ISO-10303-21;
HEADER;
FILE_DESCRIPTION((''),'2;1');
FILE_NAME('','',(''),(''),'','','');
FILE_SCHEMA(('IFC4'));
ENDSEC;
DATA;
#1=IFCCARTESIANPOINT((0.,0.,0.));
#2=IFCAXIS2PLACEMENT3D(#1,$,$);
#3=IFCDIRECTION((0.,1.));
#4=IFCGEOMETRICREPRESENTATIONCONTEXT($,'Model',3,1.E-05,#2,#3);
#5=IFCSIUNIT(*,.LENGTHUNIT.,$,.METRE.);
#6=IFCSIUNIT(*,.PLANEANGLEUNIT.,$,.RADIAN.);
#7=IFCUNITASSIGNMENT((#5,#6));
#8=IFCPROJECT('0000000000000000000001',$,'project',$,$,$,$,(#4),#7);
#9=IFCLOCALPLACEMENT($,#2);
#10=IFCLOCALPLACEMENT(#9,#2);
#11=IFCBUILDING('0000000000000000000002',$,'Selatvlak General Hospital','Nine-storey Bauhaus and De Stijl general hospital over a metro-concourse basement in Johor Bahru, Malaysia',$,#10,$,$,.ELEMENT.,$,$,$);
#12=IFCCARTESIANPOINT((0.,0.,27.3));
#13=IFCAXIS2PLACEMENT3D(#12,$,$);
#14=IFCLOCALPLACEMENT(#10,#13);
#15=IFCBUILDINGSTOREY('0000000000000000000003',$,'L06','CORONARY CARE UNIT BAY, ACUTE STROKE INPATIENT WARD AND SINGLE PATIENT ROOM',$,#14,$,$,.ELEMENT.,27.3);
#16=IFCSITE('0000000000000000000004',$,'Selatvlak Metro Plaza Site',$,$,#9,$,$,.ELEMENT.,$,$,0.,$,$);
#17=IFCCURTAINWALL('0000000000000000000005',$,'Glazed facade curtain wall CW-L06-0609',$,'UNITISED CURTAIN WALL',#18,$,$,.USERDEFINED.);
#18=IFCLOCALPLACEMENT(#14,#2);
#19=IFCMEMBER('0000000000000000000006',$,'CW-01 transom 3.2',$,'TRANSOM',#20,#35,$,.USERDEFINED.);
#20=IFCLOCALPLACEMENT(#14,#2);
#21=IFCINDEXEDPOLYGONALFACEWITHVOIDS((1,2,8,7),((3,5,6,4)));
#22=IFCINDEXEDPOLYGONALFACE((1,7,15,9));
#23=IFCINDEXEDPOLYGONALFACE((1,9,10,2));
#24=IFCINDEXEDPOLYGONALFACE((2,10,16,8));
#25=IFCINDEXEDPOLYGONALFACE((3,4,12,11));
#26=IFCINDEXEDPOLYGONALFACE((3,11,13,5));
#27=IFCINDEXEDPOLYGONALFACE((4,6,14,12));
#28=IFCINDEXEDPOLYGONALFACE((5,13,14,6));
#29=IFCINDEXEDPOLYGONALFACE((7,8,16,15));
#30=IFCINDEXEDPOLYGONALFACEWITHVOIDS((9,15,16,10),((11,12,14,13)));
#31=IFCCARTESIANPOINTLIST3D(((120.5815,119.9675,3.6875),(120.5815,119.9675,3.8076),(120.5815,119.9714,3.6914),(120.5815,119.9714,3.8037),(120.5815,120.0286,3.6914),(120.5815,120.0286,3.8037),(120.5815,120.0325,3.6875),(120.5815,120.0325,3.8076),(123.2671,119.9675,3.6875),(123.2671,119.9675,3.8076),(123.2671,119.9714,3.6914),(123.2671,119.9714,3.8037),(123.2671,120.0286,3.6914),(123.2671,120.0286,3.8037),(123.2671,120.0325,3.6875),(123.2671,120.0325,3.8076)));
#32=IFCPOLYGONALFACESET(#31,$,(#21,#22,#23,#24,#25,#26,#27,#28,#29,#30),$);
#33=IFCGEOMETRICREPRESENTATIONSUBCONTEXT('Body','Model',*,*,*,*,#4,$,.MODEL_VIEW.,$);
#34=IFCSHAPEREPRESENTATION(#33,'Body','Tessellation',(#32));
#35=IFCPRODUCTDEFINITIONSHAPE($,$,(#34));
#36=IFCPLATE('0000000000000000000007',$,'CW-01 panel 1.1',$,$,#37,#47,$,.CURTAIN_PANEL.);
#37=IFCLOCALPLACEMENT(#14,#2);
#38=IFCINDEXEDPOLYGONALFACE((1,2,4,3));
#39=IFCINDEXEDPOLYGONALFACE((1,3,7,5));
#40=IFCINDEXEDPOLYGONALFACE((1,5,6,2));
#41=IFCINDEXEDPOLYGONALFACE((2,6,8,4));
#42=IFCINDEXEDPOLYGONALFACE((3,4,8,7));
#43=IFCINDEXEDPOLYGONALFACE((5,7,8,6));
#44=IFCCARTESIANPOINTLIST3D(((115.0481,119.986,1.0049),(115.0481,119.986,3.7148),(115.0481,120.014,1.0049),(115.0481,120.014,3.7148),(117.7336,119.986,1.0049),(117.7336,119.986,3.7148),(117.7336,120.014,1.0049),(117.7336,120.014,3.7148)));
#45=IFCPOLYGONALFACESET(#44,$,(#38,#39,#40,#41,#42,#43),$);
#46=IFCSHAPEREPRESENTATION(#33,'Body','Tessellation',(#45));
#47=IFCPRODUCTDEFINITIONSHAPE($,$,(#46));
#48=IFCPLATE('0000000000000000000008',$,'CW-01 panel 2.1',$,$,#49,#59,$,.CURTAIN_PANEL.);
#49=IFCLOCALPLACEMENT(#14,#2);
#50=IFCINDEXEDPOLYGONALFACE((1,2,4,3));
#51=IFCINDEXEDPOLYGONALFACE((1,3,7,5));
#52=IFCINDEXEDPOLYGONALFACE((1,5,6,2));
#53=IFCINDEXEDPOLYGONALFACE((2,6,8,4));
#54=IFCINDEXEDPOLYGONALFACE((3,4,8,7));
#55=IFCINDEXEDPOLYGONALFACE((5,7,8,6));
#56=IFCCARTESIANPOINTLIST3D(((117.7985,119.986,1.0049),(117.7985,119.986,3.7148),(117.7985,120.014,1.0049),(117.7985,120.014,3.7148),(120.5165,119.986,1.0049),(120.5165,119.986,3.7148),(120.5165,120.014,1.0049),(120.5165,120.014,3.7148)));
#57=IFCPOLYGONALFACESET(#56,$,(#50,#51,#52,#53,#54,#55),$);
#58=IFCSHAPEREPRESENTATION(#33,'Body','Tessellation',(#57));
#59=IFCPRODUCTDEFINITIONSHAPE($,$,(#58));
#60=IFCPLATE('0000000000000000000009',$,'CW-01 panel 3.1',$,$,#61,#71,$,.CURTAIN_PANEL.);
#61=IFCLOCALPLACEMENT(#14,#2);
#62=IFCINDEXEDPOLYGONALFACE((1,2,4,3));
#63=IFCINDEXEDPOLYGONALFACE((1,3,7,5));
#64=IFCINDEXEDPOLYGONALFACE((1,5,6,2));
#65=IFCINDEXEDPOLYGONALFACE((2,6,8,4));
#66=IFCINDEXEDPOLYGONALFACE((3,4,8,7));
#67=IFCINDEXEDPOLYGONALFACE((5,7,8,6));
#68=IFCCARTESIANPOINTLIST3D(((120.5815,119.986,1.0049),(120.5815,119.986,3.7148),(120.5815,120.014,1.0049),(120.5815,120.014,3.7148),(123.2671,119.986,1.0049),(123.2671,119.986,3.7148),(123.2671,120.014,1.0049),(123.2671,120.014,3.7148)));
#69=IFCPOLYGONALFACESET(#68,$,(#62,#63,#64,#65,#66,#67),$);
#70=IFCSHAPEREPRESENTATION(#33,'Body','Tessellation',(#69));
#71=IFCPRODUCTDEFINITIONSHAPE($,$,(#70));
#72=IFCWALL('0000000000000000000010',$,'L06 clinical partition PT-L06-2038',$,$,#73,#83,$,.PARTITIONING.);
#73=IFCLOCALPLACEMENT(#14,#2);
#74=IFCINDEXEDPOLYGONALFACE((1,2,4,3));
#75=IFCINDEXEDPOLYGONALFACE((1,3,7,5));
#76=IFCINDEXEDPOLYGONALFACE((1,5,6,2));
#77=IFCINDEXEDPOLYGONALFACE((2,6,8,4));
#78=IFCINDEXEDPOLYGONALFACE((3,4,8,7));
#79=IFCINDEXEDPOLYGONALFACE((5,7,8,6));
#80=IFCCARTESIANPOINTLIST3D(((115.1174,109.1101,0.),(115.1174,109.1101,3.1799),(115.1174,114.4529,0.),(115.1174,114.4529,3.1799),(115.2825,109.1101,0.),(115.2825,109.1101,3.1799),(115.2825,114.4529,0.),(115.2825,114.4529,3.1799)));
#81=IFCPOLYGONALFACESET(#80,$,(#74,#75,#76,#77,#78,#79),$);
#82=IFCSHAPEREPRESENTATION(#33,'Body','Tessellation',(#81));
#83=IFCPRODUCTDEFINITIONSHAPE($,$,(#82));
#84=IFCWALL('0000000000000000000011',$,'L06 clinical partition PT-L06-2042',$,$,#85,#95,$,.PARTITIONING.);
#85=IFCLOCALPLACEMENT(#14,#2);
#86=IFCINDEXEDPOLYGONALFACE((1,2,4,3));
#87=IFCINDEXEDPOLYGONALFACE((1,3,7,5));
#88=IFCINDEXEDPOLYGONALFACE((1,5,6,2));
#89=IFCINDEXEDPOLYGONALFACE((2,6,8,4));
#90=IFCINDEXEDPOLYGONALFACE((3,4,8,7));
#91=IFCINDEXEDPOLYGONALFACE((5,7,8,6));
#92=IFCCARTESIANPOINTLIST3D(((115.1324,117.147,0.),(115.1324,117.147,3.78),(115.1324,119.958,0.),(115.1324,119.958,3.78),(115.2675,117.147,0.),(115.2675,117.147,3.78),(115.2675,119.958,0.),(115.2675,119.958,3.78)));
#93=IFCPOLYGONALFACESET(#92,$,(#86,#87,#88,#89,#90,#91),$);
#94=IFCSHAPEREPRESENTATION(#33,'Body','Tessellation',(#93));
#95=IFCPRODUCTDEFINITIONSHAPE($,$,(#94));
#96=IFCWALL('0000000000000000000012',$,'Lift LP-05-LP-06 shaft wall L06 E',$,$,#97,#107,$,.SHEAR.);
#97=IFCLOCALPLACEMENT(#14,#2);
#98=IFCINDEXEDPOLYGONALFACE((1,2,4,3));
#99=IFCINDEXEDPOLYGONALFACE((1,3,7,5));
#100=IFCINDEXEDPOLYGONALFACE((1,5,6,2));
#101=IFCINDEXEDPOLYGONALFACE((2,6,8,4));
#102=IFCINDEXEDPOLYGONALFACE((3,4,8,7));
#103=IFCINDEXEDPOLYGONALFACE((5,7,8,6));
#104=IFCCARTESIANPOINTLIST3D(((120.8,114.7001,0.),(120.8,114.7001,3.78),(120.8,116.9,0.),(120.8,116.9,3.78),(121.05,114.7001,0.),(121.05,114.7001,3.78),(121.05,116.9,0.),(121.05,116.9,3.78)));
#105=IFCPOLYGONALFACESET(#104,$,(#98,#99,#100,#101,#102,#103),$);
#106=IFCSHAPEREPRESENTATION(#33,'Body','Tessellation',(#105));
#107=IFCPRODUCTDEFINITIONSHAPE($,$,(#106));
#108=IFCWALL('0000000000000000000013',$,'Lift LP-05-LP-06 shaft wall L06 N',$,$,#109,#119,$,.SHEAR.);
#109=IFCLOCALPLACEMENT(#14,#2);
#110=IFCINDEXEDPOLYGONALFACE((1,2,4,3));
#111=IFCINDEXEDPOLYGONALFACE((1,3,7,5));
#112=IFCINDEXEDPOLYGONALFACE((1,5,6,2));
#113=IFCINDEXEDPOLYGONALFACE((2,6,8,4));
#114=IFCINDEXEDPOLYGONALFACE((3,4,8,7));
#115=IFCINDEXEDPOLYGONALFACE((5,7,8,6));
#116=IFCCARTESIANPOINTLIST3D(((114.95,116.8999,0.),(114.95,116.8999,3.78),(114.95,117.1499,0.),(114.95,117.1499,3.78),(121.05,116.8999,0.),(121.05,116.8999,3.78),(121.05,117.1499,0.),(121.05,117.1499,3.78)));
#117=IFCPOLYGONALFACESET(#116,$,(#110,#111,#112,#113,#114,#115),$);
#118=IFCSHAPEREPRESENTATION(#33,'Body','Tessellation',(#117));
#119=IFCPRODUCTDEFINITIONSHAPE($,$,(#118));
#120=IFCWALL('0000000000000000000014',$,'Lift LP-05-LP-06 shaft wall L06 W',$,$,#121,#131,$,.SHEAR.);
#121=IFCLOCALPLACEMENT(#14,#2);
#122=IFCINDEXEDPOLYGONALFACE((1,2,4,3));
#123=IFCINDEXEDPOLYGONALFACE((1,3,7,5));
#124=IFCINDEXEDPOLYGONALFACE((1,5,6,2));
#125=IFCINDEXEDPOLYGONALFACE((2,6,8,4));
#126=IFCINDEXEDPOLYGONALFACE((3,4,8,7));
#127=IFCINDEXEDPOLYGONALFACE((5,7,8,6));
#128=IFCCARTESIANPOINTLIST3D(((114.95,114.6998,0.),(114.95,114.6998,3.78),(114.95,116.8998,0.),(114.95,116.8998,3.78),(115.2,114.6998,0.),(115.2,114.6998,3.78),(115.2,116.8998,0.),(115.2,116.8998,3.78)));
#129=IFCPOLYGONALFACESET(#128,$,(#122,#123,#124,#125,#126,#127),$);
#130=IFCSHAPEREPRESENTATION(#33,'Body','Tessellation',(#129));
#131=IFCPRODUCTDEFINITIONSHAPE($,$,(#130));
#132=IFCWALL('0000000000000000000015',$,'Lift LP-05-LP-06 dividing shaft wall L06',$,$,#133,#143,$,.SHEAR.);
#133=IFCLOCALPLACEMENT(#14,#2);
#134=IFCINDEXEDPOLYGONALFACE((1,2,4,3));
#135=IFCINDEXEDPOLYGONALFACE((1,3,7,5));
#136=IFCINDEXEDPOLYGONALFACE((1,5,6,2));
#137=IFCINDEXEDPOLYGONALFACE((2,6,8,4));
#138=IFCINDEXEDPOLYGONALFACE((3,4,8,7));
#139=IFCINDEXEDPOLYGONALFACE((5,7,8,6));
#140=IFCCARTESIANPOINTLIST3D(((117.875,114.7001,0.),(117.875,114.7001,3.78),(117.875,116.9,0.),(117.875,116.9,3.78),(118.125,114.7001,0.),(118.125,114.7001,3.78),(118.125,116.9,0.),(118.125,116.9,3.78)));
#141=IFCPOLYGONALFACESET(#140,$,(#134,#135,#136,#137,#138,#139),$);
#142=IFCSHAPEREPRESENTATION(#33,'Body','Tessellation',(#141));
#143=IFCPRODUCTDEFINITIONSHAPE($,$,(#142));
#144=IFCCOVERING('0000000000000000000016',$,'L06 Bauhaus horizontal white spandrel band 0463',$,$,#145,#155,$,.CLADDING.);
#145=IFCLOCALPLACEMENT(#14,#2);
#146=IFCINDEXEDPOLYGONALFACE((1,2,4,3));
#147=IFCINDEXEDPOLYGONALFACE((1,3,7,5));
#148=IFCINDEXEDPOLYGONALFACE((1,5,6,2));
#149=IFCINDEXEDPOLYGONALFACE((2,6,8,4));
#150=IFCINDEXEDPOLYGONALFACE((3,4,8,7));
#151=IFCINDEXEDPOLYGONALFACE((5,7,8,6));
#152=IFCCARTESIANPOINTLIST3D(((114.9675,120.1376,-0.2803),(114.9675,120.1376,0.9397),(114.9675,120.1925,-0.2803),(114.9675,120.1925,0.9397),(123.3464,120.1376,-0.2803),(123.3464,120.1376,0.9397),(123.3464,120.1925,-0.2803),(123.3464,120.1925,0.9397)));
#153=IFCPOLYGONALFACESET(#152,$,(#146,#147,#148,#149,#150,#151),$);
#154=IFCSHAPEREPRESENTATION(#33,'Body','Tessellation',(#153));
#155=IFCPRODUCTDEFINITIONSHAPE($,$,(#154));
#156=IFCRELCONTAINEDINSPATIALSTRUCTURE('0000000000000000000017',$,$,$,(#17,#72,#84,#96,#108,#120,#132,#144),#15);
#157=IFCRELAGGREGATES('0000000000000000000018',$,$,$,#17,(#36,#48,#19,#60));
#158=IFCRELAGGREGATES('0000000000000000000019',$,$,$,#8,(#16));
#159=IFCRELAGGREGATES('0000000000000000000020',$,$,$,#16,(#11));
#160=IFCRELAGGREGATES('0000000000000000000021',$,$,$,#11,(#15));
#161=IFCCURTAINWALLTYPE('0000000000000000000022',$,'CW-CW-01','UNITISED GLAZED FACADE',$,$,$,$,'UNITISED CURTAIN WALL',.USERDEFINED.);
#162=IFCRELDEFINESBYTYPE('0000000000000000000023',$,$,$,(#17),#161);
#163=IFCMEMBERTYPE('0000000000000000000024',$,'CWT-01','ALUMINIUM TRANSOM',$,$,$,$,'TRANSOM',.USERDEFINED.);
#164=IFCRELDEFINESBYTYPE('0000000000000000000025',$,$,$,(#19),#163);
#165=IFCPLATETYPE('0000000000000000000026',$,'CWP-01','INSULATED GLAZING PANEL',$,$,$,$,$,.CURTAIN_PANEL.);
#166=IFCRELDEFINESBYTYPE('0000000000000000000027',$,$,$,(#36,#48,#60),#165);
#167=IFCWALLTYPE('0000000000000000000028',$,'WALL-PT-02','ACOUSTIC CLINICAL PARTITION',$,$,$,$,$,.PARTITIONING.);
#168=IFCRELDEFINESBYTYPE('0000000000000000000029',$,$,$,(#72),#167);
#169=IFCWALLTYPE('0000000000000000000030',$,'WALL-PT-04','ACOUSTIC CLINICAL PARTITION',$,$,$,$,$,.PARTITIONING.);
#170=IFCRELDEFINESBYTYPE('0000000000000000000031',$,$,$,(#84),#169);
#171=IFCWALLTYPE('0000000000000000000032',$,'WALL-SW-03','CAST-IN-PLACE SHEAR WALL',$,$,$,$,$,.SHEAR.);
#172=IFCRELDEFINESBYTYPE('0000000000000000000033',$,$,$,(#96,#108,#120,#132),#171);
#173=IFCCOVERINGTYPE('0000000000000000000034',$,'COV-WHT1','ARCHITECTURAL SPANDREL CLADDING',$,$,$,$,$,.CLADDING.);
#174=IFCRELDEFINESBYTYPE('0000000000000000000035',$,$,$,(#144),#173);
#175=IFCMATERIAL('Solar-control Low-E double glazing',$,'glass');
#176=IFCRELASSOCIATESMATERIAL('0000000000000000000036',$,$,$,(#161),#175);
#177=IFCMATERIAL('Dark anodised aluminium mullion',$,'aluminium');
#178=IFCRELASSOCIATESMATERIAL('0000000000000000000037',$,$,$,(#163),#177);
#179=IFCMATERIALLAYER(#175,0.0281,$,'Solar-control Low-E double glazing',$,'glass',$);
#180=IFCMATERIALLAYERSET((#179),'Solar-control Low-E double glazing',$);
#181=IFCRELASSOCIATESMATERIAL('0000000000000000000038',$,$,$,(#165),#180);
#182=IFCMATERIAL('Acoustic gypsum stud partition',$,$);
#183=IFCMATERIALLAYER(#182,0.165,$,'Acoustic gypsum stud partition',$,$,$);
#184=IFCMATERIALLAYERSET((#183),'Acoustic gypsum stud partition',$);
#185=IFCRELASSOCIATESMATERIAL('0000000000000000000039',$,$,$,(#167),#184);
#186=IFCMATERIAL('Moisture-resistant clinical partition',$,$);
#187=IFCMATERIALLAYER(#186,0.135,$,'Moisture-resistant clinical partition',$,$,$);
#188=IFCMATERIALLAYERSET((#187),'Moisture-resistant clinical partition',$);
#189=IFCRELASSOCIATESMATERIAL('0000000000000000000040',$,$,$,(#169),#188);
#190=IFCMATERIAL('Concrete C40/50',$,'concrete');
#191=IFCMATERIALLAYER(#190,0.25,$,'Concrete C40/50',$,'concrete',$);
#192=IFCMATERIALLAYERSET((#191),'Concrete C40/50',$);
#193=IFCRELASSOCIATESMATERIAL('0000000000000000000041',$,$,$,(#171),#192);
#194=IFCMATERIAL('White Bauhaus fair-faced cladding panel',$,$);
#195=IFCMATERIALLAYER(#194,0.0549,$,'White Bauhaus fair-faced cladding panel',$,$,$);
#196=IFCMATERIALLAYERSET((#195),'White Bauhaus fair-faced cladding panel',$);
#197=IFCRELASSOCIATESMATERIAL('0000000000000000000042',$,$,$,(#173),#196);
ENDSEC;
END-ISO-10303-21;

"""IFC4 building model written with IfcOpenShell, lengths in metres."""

from ifc_helpers import new_model, si_unit, direction, frame, frame_2d, origin, origin_2d, place, context, subcontext, project, spatial, rectangle, hollow_rectangle, extrude, material, layer, layer_set, material_profile, profile_set, type_object, element, aggregate, save


model = new_model("IFC4")

# Units and contexts
model_context = context("Model", 3, precision=1e-05, world=origin(), true_north=direction((0.0, 1.0)))
body_context = subcontext(model_context, "Body", "Model", "MODEL_VIEW")
ifc_project = project(units=[si_unit("LENGTHUNIT", "METRE"), si_unit("PLANEANGLEUNIT", "RADIAN")], contexts=[model_context])

# Site, building, storey
site_placement = place(None, origin())
site = spatial("IfcSite", under=ifc_project, at=site_placement, Name="Selatvlak Metro Plaza Site", CompositionType="ELEMENT", RefElevation=0.0)
building_placement = place(site_placement, origin())
building = spatial("IfcBuilding", under=site, at=building_placement, Name="Selatvlak General Hospital", Description="Nine-storey Bauhaus and De Stijl general hospital over a metro-concourse basement in Johor Bahru, Malaysia", CompositionType="ELEMENT")
storey_placement = place(building_placement, frame((0.0, 0.0, 27.3)))
storey = spatial("IfcBuildingStorey", under=building, at=storey_placement, Name="L06", Description="CORONARY CARE UNIT BAY, ACUTE STROKE INPATIENT WARD AND SINGLE PATIENT ROOM", CompositionType="ELEMENT", Elevation=27.3)

# Shared definitions
ifc_material_1 = material(Name="Concrete C40/50", Category="concrete")

# Curtain wall, member, plates
ifc_material_2 = material(Name="Solar-control Low-E double glazing", Category="glass")
curtain_wall_type = type_object("IfcCurtainWallType", Name="CW-CW-01", Description="UNITISED GLAZED FACADE", ElementType="UNITISED CURTAIN WALL", PredefinedType="USERDEFINED", material=ifc_material_2)
curtain_wall_placement = place(storey_placement, origin())
curtain_wall = element("IfcCurtainWall", 1, at=curtain_wall_placement, inside=storey, type_object=curtain_wall_type, Name="Glazed facade curtain wall CW-L06-0609", ObjectType="UNITISED CURTAIN WALL", PredefinedType="USERDEFINED")
ifc_material_3 = material(Name="Dark anodised aluminium mullion", Category="aluminium")
ifc_material_profile_1 = material_profile(ifc_material_3, hollow_rectangle(XDim=0.0649, YDim=0.1201, WallThickness=0.0039, at=origin_2d()), Name="AL-TRN 65x120x4")
ifc_profile_set_1 = profile_set([ifc_material_profile_1], Name="Dark anodised aluminium mullion")
member_type_1 = type_object("IfcMemberType", Name="CWT-01", Description="ALUMINIUM TRANSOM", ElementType="TRANSOM", PredefinedType="USERDEFINED", material=ifc_profile_set_1)
member_1_placement = place(storey_placement, frame((120.5815, 120.0, 3.7476), z_axis=(1.0, 0.0, 0.0), x_axis=(0.0, 1.0, 0.0)))
member_1 = element("IfcMember", 2, at=member_1_placement, type_object=member_type_1, Name="CW-01 transom 3.2", ObjectType="TRANSOM", PredefinedType="USERDEFINED", context=body_context, shape_type="SweptSolid", body=[
    extrude(hollow_rectangle(XDim=0.0649, YDim=0.1201, WallThickness=0.0039, at=origin_2d()), origin(), (0.0, 0.0, 1.0), 2.6855),
])
ifc_layer_1 = layer(ifc_material_2, 0.0281, Name="Solar-control Low-E double glazing", Category="glass")
ifc_layer_set_1 = layer_set([ifc_layer_1], Name="Solar-control Low-E double glazing")
plate_type = type_object("IfcPlateType", Name="CWP-01", Description="INSULATED GLAZING PANEL", PredefinedType="CURTAIN_PANEL", material=ifc_layer_set_1)
plate_1_placement = place(storey_placement, frame((116.3909, 120.0, 1.0049), z_axis=(0.0, 0.0, 1.0), x_axis=(1.0, 0.0, 0.0)))
plate_1 = element("IfcPlate", 3, at=plate_1_placement, type_object=plate_type, Name="CW-01 panel 1.1", PredefinedType="CURTAIN_PANEL", context=body_context, shape_type="SweptSolid", body=[
    extrude(rectangle(XDim=2.6855, YDim=0.0281, at=origin_2d()), origin(), (0.0, 0.0, 1.0), 2.71),
])
plate_2_placement = place(storey_placement, frame((119.1575, 120.0, 1.0049), z_axis=(0.0, 0.0, 1.0), x_axis=(1.0, 0.0, 0.0)))
plate_2 = element("IfcPlate", 4, at=plate_2_placement, type_object=plate_type, Name="CW-01 panel 2.1", PredefinedType="CURTAIN_PANEL", context=body_context, shape_type="SweptSolid", body=[
    extrude(rectangle(XDim=2.718, YDim=0.0281, at=origin_2d()), origin(), (0.0, 0.0, 1.0), 2.71),
])
plate_3_placement = place(storey_placement, frame((121.9243, 120.0, 1.0049), z_axis=(0.0, 0.0, 1.0), x_axis=(1.0, 0.0, 0.0)))
plate_3 = element("IfcPlate", 5, at=plate_3_placement, type_object=plate_type, Name="CW-01 panel 3.1", PredefinedType="CURTAIN_PANEL", context=body_context, shape_type="SweptSolid", body=[
    extrude(rectangle(XDim=2.6855, YDim=0.0281, at=origin_2d()), origin(), (0.0, 0.0, 1.0), 2.71),
])
aggregate(curtain_wall, [plate_1, plate_2, member_1, plate_3])

# Walls
ifc_material_4 = material(Name="Acoustic gypsum stud partition")
ifc_layer_2 = layer(ifc_material_4, 0.165, Name="Acoustic gypsum stud partition")
ifc_layer_set_2 = layer_set([ifc_layer_2], Name="Acoustic gypsum stud partition")
wall_type_1 = type_object("IfcWallType", Name="WALL-PT-02", Description="ACOUSTIC CLINICAL PARTITION", PredefinedType="PARTITIONING", material=ifc_layer_set_2)
wall_1_placement = place(storey_placement, frame((115.2, 114.4529, 0.0), z_axis=(0.0, 0.0, 1.0), x_axis=(0.0, -1.0, 0.0)))
element("IfcWall", 6, at=wall_1_placement, inside=storey, type_object=wall_type_1, Name="L06 clinical partition PT-L06-2038", PredefinedType="PARTITIONING", context=body_context, shape_type="SweptSolid", body=[
    extrude(rectangle(XDim=5.3428, YDim=0.165, at=frame_2d((2.6714, 0.0))), origin(), (0.0, 0.0, 1.0), 3.1799),
])
ifc_material_5 = material(Name="Moisture-resistant clinical partition")
ifc_layer_3 = layer(ifc_material_5, 0.135, Name="Moisture-resistant clinical partition")
ifc_layer_set_3 = layer_set([ifc_layer_3], Name="Moisture-resistant clinical partition")
wall_type_2 = type_object("IfcWallType", Name="WALL-PT-04", Description="ACOUSTIC CLINICAL PARTITION", PredefinedType="PARTITIONING", material=ifc_layer_set_3)
wall_2_placement = place(storey_placement, frame((115.2, 119.958, 0.0), z_axis=(0.0, 0.0, 1.0), x_axis=(0.0, -1.0, 0.0)))
element("IfcWall", 7, at=wall_2_placement, inside=storey, type_object=wall_type_2, Name="L06 clinical partition PT-L06-2042", PredefinedType="PARTITIONING", context=body_context, shape_type="SweptSolid", body=[
    extrude(rectangle(XDim=2.811, YDim=0.135, at=frame_2d((1.4055, 0.0))), origin(), (0.0, 0.0, 1.0), 3.78),
])
ifc_layer_4 = layer(ifc_material_1, 0.25, Name="Concrete C40/50", Category="concrete")
ifc_layer_set_4 = layer_set([ifc_layer_4], Name="Concrete C40/50")
wall_type_3 = type_object("IfcWallType", Name="WALL-SW-03", Description="CAST-IN-PLACE SHEAR WALL", PredefinedType="SHEAR", material=ifc_layer_set_4)
wall_3_placement = place(storey_placement, frame((120.925, 114.7, 0.0), z_axis=(0.0, 0.0, 1.0), x_axis=(0.0, 1.0, 0.0)))
element("IfcWall", 8, at=wall_3_placement, inside=storey, type_object=wall_type_3, Name="Lift LP-05-LP-06 shaft wall L06 E", PredefinedType="SHEAR", context=body_context, shape_type="SweptSolid", body=[
    extrude(rectangle(XDim=2.2, YDim=0.25, at=frame_2d((1.1001, 0.0))), origin(), (0.0, 0.0, 1.0), 3.78),
])
wall_4_placement = place(storey_placement, frame((121.05, 117.0249, 0.0), z_axis=(0.0, 0.0, 1.0), x_axis=(-1.0, 0.0, 0.0)))
element("IfcWall", 9, at=wall_4_placement, inside=storey, type_object=wall_type_3, Name="Lift LP-05-LP-06 shaft wall L06 N", PredefinedType="SHEAR", context=body_context, shape_type="SweptSolid", body=[
    extrude(rectangle(XDim=6.1001, YDim=0.25, at=frame_2d((3.05, 0.0))), origin(), (0.0, 0.0, 1.0), 3.78),
])
for number, where, z_axis, x_axis, name in (
    (10, (115.075, 116.8999, 0.0), (0.0, 0.0, 1.0), (0.0, -1.0, 0.0), "Lift LP-05-LP-06 shaft wall L06 W"),
    (11, (118.0, 114.7, 0.0), (0.0, 0.0, 1.0), (0.0, 1.0, 0.0), "Lift LP-05-LP-06 dividing shaft wall L06"),
):
    element("IfcWall", number, at=place(storey_placement, frame(where, z_axis=z_axis, x_axis=x_axis)), inside=storey, type_object=wall_type_3, Name=name, PredefinedType="SHEAR", context=body_context, shape_type="SweptSolid", body=[
        extrude(rectangle(XDim=2.2, YDim=0.25, at=frame_2d((1.1001, 0.0))), origin(), (0.0, 0.0, 1.0), 3.78),
    ])

# Covering
ifc_material_6 = material(Name="White Bauhaus fair-faced cladding panel")
ifc_layer_5 = layer(ifc_material_6, 0.0549, Name="White Bauhaus fair-faced cladding panel")
ifc_layer_set_5 = layer_set([ifc_layer_5], Name="White Bauhaus fair-faced cladding panel")
covering_type = type_object("IfcCoveringType", Name="COV-WHT1", Description="ARCHITECTURAL SPANDREL CLADDING", PredefinedType="CLADDING", material=ifc_layer_set_5)
covering_placement = place(storey_placement, frame((119.157, 120.165, -0.2803), z_axis=(0.0, 0.0, 1.0), x_axis=(1.0, 0.0, 0.0)))
element("IfcCovering", 12, at=covering_placement, inside=storey, type_object=covering_type, Name="L06 Bauhaus horizontal white spandrel band 0463", PredefinedType="CLADDING", context=body_context, shape_type="SweptSolid", body=[
    extrude(rectangle(XDim=8.3789, YDim=0.0549, at=origin_2d()), origin(), (0.0, 0.0, 1.0), 1.22),
])

save(model, "model.ifc")
